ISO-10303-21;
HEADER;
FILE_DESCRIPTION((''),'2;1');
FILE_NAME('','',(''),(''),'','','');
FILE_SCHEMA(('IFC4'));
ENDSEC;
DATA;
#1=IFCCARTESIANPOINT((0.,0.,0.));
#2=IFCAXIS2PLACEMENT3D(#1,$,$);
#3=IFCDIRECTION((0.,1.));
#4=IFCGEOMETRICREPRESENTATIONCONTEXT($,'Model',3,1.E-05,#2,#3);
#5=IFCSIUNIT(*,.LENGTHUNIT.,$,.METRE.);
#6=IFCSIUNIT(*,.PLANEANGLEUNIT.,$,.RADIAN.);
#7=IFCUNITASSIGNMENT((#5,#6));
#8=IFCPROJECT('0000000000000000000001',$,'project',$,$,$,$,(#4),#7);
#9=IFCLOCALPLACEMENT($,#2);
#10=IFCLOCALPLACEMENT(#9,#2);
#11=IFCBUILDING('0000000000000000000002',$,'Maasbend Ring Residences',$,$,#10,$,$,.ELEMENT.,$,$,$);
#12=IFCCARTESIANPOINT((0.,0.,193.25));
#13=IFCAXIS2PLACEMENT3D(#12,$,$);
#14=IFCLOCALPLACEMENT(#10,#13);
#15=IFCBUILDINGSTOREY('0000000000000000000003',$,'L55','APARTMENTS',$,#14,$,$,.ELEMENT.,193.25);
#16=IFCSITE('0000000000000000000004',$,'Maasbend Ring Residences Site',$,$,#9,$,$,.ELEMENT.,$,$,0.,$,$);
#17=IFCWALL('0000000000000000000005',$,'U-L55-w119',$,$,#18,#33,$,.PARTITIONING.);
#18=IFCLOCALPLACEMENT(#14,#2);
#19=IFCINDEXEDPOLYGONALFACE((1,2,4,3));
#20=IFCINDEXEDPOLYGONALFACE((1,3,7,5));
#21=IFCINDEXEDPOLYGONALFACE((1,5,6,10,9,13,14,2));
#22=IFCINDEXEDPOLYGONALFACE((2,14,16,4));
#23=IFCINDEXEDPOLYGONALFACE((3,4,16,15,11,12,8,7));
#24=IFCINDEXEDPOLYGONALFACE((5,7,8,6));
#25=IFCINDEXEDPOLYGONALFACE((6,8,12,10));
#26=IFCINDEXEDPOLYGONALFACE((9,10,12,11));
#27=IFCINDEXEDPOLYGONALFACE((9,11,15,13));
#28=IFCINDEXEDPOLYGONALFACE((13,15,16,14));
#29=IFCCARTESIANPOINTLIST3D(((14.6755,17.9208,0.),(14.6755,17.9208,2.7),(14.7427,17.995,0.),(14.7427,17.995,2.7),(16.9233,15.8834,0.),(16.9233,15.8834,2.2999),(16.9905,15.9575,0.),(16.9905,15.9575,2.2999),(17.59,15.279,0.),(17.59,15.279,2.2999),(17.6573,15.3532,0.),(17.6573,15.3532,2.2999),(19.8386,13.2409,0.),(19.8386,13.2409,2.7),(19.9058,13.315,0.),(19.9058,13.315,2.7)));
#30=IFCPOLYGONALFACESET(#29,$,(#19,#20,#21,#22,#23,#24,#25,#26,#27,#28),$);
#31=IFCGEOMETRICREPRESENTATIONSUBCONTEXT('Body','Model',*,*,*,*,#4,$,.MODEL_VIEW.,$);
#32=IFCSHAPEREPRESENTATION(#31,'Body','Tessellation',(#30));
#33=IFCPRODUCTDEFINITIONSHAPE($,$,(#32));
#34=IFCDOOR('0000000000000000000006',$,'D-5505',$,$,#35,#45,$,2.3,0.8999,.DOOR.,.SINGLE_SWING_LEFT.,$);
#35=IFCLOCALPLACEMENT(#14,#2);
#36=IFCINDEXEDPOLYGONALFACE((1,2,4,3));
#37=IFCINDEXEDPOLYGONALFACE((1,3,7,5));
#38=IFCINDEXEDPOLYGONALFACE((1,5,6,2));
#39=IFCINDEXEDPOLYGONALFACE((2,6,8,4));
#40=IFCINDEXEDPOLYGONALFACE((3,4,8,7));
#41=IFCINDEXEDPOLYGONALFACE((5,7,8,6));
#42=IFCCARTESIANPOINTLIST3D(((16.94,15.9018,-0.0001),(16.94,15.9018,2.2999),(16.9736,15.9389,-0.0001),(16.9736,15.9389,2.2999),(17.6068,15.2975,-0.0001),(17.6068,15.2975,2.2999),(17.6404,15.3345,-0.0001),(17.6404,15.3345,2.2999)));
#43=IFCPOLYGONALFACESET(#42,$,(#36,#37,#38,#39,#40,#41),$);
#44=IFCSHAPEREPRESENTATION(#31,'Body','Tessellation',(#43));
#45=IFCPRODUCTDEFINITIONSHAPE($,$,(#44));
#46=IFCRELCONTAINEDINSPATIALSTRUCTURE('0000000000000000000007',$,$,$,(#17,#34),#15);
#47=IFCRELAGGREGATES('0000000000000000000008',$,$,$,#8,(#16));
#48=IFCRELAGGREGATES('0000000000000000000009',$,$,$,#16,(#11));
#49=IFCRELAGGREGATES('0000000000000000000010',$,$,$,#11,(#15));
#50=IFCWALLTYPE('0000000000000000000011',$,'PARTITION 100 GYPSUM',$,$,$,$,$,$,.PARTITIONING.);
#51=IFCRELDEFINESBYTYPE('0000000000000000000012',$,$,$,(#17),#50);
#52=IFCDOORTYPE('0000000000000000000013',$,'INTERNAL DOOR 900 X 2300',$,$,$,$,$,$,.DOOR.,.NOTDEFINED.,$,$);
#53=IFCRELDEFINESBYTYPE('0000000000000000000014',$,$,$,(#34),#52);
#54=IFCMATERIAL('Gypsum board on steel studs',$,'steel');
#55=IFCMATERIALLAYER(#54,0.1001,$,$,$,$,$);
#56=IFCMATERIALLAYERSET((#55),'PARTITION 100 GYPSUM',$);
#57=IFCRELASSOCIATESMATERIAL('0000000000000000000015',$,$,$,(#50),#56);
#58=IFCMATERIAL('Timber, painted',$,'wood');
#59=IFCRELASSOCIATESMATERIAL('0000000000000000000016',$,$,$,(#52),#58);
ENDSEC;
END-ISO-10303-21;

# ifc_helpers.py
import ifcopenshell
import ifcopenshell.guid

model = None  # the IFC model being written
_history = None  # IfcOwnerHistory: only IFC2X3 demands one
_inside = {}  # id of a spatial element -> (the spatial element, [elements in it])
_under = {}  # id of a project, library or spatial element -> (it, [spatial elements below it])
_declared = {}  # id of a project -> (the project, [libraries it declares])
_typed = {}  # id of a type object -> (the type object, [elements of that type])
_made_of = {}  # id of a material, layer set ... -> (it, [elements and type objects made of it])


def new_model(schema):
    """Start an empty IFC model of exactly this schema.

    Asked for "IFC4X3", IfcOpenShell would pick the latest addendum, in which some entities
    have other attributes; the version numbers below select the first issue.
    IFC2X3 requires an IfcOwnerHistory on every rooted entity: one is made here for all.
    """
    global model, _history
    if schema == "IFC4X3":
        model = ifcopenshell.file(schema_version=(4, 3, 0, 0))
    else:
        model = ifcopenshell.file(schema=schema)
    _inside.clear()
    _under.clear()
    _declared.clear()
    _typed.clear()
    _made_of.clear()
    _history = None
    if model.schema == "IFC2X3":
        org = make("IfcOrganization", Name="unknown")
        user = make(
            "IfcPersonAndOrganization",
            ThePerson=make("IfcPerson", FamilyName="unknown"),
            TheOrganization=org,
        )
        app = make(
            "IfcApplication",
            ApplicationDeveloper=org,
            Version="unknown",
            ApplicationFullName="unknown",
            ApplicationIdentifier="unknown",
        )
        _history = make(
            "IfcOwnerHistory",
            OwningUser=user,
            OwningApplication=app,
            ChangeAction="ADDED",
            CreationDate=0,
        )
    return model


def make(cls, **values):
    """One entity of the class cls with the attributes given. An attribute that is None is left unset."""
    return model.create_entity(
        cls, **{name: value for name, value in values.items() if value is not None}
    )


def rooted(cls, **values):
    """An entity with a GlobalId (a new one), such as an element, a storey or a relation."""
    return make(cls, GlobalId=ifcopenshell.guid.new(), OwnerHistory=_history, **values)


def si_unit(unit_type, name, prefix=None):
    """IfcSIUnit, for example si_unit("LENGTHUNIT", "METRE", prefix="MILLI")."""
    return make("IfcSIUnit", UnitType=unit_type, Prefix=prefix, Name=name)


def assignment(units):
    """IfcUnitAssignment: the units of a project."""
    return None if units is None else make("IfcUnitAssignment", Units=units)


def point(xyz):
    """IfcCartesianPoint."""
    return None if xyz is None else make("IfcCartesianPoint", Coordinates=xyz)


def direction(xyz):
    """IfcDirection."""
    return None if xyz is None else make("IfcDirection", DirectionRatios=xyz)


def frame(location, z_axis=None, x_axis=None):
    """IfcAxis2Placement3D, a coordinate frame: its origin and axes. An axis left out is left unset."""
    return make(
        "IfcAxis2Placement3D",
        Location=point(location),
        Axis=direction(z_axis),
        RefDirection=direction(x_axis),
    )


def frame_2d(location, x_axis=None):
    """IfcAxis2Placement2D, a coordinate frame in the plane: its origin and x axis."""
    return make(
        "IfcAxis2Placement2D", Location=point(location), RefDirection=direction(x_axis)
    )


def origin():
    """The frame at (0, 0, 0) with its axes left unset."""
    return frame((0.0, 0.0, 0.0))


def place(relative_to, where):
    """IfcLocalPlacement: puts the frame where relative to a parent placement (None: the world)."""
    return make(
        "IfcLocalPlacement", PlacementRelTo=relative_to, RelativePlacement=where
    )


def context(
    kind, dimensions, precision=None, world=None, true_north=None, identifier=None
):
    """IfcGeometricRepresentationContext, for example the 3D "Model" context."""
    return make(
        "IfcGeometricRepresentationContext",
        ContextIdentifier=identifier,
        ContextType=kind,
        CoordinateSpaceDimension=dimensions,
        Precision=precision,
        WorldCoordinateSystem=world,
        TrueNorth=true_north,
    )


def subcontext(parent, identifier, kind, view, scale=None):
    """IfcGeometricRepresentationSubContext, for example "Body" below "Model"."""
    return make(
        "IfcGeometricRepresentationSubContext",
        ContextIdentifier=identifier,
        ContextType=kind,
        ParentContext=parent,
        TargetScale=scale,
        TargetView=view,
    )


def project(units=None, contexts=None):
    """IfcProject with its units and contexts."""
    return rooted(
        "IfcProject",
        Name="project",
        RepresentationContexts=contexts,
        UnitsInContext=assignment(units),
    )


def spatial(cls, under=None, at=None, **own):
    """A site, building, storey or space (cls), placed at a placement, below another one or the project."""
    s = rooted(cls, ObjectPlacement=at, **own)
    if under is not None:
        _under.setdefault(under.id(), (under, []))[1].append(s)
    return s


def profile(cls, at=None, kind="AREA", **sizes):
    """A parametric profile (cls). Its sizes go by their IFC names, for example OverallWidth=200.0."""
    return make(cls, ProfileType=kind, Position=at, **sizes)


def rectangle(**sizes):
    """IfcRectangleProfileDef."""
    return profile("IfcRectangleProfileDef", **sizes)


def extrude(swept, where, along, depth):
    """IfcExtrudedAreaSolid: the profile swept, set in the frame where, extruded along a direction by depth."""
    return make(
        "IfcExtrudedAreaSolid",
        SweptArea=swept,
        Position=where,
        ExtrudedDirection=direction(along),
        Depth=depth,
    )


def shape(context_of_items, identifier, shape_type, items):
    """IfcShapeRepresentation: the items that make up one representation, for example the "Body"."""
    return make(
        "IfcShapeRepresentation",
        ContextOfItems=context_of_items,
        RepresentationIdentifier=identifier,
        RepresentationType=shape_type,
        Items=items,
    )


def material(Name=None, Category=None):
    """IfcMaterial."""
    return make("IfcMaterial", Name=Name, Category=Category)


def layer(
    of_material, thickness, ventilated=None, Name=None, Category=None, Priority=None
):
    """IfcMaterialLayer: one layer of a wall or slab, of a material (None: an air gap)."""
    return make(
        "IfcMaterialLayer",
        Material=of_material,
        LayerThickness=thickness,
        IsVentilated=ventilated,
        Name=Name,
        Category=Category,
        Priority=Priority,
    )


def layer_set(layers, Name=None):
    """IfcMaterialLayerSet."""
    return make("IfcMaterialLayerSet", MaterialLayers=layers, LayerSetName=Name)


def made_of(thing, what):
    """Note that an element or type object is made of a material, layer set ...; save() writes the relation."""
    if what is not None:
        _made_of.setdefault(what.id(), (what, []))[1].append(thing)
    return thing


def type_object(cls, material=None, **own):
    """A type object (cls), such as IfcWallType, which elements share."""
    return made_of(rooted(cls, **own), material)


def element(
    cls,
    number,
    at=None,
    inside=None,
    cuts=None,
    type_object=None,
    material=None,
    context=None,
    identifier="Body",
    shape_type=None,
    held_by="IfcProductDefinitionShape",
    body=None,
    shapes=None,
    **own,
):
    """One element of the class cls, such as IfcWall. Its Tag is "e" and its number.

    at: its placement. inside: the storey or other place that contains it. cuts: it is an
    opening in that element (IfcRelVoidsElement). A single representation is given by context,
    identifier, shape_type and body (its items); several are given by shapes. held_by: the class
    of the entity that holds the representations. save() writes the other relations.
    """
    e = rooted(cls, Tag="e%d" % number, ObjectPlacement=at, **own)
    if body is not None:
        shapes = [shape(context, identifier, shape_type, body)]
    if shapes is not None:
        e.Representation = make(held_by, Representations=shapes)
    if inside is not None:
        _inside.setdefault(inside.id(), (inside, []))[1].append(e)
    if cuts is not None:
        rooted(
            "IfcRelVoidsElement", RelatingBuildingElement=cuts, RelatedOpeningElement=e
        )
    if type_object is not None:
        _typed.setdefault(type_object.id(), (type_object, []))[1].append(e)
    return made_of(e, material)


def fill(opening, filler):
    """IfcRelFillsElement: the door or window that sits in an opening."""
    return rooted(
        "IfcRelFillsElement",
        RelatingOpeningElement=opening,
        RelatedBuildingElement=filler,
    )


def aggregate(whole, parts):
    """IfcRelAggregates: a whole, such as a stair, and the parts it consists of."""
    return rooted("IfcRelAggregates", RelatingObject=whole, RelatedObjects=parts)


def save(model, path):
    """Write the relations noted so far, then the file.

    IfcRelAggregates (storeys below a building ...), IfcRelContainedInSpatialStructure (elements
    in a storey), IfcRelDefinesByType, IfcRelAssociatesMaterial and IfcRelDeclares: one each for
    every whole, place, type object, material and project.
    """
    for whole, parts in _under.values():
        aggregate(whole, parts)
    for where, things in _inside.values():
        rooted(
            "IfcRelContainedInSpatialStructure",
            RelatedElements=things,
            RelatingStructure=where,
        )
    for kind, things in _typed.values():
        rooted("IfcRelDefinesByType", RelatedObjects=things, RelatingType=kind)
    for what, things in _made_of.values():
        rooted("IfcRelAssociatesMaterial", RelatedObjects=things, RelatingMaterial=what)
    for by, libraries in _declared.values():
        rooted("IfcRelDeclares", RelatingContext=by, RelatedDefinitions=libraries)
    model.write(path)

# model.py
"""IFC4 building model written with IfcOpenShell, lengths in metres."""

from ifc_helpers import new_model, si_unit, direction, frame, frame_2d, origin, place, context, subcontext, project, spatial, rectangle, extrude, material, layer, layer_set, type_object, element, fill, save


model = new_model("IFC4")

# Units and contexts
model_context = context("Model", 3, precision=1e-05, world=origin(), true_north=direction((0.0, 1.0)))
body_context = subcontext(model_context, "Body", "Model", "MODEL_VIEW")
ifc_project = project(units=[si_unit("LENGTHUNIT", "METRE"), si_unit("PLANEANGLEUNIT", "RADIAN")], contexts=[model_context])

# Site, building, storey
site_placement = place(None, origin())
site = spatial("IfcSite", under=ifc_project, at=site_placement, Name="Maasbend Ring Residences Site", CompositionType="ELEMENT", RefElevation=0.0)
building_placement = place(site_placement, origin())
building = spatial("IfcBuilding", under=site, at=building_placement, Name="Maasbend Ring Residences", CompositionType="ELEMENT")
storey_placement = place(building_placement, frame((0.0, 0.0, 193.25)))
storey = spatial("IfcBuildingStorey", under=building, at=storey_placement, Name="L55", Description="APARTMENTS", CompositionType="ELEMENT", Elevation=193.25)

# Shared definitions
ifc_material_1 = material(Name="Gypsum board on steel studs", Category="steel")
ifc_layer_1 = layer(ifc_material_1, 0.1001)
ifc_layer_set_1 = layer_set([ifc_layer_1], Name="PARTITION 100 GYPSUM")
wall_type_1 = type_object("IfcWallType", Name="PARTITION 100 GYPSUM", PredefinedType="PARTITIONING", material=ifc_layer_set_1)

# Shared definitions
ifc_material_2 = material(Name="Timber, painted", Category="wood")
door_type_1 = type_object("IfcDoorType", Name="INTERNAL DOOR 900 X 2300", OperationType="NOTDEFINED", PredefinedType="DOOR", material=ifc_material_2)

# Wall, opening, door
wall_1_placement = place(storey_placement, frame((14.709, 17.958, 0.0), z_axis=(0.0, 0.0, 1.0), x_axis=(0.740924, -0.671589, 0.0)))
wall_1 = element("IfcWall", 1, at=wall_1_placement, inside=storey, type_object=wall_type_1, Name="U-L55-w119", PredefinedType="PARTITIONING", context=body_context, shape_type="SweptSolid", body=[
    extrude(rectangle(XDim=6.9685, YDim=0.1001, at=frame_2d((3.4844, 0.0))), origin(), (0.0, 0.0, 1.0), 2.7),
])
opening_1_placement = place(wall_1_placement, frame((3.0339, 0.0, 0.0)))
opening_1 = element("IfcOpeningElement", 2, at=opening_1_placement, cuts=wall_1, PredefinedType="OPENING", context=body_context, shape_type="SweptSolid", body=[
    extrude(rectangle(XDim=0.8999, YDim=2.3, at=frame_2d((0.45, 1.1499))), frame((0.0, 0.0601, 0.0), z_axis=(0.0, -1.0, 0.0), x_axis=(1.0, 0.0, 0.0)), (0.0, 0.0, 1.0), 0.1201),
])
door_1_placement = place(opening_1_placement, origin())
door_1 = element("IfcDoor", 3, at=door_1_placement, inside=storey, type_object=door_type_1, Name="D-5505", OperationType="SINGLE_SWING_LEFT", OverallHeight=2.3, OverallWidth=0.8999, PredefinedType="DOOR", context=body_context, shape_type="SweptSolid", body=[
    extrude(rectangle(XDim=0.8999, YDim=2.3, at=frame_2d((0.45, 1.1499))), frame((0.0, 0.0249, 0.0), z_axis=(0.0, -1.0, 0.0), x_axis=(1.0, 0.0, 0.0)), (0.0, 0.0, 1.0), 0.05),
])
fill(opening_1, door_1)

save(model, "model.ifc")
